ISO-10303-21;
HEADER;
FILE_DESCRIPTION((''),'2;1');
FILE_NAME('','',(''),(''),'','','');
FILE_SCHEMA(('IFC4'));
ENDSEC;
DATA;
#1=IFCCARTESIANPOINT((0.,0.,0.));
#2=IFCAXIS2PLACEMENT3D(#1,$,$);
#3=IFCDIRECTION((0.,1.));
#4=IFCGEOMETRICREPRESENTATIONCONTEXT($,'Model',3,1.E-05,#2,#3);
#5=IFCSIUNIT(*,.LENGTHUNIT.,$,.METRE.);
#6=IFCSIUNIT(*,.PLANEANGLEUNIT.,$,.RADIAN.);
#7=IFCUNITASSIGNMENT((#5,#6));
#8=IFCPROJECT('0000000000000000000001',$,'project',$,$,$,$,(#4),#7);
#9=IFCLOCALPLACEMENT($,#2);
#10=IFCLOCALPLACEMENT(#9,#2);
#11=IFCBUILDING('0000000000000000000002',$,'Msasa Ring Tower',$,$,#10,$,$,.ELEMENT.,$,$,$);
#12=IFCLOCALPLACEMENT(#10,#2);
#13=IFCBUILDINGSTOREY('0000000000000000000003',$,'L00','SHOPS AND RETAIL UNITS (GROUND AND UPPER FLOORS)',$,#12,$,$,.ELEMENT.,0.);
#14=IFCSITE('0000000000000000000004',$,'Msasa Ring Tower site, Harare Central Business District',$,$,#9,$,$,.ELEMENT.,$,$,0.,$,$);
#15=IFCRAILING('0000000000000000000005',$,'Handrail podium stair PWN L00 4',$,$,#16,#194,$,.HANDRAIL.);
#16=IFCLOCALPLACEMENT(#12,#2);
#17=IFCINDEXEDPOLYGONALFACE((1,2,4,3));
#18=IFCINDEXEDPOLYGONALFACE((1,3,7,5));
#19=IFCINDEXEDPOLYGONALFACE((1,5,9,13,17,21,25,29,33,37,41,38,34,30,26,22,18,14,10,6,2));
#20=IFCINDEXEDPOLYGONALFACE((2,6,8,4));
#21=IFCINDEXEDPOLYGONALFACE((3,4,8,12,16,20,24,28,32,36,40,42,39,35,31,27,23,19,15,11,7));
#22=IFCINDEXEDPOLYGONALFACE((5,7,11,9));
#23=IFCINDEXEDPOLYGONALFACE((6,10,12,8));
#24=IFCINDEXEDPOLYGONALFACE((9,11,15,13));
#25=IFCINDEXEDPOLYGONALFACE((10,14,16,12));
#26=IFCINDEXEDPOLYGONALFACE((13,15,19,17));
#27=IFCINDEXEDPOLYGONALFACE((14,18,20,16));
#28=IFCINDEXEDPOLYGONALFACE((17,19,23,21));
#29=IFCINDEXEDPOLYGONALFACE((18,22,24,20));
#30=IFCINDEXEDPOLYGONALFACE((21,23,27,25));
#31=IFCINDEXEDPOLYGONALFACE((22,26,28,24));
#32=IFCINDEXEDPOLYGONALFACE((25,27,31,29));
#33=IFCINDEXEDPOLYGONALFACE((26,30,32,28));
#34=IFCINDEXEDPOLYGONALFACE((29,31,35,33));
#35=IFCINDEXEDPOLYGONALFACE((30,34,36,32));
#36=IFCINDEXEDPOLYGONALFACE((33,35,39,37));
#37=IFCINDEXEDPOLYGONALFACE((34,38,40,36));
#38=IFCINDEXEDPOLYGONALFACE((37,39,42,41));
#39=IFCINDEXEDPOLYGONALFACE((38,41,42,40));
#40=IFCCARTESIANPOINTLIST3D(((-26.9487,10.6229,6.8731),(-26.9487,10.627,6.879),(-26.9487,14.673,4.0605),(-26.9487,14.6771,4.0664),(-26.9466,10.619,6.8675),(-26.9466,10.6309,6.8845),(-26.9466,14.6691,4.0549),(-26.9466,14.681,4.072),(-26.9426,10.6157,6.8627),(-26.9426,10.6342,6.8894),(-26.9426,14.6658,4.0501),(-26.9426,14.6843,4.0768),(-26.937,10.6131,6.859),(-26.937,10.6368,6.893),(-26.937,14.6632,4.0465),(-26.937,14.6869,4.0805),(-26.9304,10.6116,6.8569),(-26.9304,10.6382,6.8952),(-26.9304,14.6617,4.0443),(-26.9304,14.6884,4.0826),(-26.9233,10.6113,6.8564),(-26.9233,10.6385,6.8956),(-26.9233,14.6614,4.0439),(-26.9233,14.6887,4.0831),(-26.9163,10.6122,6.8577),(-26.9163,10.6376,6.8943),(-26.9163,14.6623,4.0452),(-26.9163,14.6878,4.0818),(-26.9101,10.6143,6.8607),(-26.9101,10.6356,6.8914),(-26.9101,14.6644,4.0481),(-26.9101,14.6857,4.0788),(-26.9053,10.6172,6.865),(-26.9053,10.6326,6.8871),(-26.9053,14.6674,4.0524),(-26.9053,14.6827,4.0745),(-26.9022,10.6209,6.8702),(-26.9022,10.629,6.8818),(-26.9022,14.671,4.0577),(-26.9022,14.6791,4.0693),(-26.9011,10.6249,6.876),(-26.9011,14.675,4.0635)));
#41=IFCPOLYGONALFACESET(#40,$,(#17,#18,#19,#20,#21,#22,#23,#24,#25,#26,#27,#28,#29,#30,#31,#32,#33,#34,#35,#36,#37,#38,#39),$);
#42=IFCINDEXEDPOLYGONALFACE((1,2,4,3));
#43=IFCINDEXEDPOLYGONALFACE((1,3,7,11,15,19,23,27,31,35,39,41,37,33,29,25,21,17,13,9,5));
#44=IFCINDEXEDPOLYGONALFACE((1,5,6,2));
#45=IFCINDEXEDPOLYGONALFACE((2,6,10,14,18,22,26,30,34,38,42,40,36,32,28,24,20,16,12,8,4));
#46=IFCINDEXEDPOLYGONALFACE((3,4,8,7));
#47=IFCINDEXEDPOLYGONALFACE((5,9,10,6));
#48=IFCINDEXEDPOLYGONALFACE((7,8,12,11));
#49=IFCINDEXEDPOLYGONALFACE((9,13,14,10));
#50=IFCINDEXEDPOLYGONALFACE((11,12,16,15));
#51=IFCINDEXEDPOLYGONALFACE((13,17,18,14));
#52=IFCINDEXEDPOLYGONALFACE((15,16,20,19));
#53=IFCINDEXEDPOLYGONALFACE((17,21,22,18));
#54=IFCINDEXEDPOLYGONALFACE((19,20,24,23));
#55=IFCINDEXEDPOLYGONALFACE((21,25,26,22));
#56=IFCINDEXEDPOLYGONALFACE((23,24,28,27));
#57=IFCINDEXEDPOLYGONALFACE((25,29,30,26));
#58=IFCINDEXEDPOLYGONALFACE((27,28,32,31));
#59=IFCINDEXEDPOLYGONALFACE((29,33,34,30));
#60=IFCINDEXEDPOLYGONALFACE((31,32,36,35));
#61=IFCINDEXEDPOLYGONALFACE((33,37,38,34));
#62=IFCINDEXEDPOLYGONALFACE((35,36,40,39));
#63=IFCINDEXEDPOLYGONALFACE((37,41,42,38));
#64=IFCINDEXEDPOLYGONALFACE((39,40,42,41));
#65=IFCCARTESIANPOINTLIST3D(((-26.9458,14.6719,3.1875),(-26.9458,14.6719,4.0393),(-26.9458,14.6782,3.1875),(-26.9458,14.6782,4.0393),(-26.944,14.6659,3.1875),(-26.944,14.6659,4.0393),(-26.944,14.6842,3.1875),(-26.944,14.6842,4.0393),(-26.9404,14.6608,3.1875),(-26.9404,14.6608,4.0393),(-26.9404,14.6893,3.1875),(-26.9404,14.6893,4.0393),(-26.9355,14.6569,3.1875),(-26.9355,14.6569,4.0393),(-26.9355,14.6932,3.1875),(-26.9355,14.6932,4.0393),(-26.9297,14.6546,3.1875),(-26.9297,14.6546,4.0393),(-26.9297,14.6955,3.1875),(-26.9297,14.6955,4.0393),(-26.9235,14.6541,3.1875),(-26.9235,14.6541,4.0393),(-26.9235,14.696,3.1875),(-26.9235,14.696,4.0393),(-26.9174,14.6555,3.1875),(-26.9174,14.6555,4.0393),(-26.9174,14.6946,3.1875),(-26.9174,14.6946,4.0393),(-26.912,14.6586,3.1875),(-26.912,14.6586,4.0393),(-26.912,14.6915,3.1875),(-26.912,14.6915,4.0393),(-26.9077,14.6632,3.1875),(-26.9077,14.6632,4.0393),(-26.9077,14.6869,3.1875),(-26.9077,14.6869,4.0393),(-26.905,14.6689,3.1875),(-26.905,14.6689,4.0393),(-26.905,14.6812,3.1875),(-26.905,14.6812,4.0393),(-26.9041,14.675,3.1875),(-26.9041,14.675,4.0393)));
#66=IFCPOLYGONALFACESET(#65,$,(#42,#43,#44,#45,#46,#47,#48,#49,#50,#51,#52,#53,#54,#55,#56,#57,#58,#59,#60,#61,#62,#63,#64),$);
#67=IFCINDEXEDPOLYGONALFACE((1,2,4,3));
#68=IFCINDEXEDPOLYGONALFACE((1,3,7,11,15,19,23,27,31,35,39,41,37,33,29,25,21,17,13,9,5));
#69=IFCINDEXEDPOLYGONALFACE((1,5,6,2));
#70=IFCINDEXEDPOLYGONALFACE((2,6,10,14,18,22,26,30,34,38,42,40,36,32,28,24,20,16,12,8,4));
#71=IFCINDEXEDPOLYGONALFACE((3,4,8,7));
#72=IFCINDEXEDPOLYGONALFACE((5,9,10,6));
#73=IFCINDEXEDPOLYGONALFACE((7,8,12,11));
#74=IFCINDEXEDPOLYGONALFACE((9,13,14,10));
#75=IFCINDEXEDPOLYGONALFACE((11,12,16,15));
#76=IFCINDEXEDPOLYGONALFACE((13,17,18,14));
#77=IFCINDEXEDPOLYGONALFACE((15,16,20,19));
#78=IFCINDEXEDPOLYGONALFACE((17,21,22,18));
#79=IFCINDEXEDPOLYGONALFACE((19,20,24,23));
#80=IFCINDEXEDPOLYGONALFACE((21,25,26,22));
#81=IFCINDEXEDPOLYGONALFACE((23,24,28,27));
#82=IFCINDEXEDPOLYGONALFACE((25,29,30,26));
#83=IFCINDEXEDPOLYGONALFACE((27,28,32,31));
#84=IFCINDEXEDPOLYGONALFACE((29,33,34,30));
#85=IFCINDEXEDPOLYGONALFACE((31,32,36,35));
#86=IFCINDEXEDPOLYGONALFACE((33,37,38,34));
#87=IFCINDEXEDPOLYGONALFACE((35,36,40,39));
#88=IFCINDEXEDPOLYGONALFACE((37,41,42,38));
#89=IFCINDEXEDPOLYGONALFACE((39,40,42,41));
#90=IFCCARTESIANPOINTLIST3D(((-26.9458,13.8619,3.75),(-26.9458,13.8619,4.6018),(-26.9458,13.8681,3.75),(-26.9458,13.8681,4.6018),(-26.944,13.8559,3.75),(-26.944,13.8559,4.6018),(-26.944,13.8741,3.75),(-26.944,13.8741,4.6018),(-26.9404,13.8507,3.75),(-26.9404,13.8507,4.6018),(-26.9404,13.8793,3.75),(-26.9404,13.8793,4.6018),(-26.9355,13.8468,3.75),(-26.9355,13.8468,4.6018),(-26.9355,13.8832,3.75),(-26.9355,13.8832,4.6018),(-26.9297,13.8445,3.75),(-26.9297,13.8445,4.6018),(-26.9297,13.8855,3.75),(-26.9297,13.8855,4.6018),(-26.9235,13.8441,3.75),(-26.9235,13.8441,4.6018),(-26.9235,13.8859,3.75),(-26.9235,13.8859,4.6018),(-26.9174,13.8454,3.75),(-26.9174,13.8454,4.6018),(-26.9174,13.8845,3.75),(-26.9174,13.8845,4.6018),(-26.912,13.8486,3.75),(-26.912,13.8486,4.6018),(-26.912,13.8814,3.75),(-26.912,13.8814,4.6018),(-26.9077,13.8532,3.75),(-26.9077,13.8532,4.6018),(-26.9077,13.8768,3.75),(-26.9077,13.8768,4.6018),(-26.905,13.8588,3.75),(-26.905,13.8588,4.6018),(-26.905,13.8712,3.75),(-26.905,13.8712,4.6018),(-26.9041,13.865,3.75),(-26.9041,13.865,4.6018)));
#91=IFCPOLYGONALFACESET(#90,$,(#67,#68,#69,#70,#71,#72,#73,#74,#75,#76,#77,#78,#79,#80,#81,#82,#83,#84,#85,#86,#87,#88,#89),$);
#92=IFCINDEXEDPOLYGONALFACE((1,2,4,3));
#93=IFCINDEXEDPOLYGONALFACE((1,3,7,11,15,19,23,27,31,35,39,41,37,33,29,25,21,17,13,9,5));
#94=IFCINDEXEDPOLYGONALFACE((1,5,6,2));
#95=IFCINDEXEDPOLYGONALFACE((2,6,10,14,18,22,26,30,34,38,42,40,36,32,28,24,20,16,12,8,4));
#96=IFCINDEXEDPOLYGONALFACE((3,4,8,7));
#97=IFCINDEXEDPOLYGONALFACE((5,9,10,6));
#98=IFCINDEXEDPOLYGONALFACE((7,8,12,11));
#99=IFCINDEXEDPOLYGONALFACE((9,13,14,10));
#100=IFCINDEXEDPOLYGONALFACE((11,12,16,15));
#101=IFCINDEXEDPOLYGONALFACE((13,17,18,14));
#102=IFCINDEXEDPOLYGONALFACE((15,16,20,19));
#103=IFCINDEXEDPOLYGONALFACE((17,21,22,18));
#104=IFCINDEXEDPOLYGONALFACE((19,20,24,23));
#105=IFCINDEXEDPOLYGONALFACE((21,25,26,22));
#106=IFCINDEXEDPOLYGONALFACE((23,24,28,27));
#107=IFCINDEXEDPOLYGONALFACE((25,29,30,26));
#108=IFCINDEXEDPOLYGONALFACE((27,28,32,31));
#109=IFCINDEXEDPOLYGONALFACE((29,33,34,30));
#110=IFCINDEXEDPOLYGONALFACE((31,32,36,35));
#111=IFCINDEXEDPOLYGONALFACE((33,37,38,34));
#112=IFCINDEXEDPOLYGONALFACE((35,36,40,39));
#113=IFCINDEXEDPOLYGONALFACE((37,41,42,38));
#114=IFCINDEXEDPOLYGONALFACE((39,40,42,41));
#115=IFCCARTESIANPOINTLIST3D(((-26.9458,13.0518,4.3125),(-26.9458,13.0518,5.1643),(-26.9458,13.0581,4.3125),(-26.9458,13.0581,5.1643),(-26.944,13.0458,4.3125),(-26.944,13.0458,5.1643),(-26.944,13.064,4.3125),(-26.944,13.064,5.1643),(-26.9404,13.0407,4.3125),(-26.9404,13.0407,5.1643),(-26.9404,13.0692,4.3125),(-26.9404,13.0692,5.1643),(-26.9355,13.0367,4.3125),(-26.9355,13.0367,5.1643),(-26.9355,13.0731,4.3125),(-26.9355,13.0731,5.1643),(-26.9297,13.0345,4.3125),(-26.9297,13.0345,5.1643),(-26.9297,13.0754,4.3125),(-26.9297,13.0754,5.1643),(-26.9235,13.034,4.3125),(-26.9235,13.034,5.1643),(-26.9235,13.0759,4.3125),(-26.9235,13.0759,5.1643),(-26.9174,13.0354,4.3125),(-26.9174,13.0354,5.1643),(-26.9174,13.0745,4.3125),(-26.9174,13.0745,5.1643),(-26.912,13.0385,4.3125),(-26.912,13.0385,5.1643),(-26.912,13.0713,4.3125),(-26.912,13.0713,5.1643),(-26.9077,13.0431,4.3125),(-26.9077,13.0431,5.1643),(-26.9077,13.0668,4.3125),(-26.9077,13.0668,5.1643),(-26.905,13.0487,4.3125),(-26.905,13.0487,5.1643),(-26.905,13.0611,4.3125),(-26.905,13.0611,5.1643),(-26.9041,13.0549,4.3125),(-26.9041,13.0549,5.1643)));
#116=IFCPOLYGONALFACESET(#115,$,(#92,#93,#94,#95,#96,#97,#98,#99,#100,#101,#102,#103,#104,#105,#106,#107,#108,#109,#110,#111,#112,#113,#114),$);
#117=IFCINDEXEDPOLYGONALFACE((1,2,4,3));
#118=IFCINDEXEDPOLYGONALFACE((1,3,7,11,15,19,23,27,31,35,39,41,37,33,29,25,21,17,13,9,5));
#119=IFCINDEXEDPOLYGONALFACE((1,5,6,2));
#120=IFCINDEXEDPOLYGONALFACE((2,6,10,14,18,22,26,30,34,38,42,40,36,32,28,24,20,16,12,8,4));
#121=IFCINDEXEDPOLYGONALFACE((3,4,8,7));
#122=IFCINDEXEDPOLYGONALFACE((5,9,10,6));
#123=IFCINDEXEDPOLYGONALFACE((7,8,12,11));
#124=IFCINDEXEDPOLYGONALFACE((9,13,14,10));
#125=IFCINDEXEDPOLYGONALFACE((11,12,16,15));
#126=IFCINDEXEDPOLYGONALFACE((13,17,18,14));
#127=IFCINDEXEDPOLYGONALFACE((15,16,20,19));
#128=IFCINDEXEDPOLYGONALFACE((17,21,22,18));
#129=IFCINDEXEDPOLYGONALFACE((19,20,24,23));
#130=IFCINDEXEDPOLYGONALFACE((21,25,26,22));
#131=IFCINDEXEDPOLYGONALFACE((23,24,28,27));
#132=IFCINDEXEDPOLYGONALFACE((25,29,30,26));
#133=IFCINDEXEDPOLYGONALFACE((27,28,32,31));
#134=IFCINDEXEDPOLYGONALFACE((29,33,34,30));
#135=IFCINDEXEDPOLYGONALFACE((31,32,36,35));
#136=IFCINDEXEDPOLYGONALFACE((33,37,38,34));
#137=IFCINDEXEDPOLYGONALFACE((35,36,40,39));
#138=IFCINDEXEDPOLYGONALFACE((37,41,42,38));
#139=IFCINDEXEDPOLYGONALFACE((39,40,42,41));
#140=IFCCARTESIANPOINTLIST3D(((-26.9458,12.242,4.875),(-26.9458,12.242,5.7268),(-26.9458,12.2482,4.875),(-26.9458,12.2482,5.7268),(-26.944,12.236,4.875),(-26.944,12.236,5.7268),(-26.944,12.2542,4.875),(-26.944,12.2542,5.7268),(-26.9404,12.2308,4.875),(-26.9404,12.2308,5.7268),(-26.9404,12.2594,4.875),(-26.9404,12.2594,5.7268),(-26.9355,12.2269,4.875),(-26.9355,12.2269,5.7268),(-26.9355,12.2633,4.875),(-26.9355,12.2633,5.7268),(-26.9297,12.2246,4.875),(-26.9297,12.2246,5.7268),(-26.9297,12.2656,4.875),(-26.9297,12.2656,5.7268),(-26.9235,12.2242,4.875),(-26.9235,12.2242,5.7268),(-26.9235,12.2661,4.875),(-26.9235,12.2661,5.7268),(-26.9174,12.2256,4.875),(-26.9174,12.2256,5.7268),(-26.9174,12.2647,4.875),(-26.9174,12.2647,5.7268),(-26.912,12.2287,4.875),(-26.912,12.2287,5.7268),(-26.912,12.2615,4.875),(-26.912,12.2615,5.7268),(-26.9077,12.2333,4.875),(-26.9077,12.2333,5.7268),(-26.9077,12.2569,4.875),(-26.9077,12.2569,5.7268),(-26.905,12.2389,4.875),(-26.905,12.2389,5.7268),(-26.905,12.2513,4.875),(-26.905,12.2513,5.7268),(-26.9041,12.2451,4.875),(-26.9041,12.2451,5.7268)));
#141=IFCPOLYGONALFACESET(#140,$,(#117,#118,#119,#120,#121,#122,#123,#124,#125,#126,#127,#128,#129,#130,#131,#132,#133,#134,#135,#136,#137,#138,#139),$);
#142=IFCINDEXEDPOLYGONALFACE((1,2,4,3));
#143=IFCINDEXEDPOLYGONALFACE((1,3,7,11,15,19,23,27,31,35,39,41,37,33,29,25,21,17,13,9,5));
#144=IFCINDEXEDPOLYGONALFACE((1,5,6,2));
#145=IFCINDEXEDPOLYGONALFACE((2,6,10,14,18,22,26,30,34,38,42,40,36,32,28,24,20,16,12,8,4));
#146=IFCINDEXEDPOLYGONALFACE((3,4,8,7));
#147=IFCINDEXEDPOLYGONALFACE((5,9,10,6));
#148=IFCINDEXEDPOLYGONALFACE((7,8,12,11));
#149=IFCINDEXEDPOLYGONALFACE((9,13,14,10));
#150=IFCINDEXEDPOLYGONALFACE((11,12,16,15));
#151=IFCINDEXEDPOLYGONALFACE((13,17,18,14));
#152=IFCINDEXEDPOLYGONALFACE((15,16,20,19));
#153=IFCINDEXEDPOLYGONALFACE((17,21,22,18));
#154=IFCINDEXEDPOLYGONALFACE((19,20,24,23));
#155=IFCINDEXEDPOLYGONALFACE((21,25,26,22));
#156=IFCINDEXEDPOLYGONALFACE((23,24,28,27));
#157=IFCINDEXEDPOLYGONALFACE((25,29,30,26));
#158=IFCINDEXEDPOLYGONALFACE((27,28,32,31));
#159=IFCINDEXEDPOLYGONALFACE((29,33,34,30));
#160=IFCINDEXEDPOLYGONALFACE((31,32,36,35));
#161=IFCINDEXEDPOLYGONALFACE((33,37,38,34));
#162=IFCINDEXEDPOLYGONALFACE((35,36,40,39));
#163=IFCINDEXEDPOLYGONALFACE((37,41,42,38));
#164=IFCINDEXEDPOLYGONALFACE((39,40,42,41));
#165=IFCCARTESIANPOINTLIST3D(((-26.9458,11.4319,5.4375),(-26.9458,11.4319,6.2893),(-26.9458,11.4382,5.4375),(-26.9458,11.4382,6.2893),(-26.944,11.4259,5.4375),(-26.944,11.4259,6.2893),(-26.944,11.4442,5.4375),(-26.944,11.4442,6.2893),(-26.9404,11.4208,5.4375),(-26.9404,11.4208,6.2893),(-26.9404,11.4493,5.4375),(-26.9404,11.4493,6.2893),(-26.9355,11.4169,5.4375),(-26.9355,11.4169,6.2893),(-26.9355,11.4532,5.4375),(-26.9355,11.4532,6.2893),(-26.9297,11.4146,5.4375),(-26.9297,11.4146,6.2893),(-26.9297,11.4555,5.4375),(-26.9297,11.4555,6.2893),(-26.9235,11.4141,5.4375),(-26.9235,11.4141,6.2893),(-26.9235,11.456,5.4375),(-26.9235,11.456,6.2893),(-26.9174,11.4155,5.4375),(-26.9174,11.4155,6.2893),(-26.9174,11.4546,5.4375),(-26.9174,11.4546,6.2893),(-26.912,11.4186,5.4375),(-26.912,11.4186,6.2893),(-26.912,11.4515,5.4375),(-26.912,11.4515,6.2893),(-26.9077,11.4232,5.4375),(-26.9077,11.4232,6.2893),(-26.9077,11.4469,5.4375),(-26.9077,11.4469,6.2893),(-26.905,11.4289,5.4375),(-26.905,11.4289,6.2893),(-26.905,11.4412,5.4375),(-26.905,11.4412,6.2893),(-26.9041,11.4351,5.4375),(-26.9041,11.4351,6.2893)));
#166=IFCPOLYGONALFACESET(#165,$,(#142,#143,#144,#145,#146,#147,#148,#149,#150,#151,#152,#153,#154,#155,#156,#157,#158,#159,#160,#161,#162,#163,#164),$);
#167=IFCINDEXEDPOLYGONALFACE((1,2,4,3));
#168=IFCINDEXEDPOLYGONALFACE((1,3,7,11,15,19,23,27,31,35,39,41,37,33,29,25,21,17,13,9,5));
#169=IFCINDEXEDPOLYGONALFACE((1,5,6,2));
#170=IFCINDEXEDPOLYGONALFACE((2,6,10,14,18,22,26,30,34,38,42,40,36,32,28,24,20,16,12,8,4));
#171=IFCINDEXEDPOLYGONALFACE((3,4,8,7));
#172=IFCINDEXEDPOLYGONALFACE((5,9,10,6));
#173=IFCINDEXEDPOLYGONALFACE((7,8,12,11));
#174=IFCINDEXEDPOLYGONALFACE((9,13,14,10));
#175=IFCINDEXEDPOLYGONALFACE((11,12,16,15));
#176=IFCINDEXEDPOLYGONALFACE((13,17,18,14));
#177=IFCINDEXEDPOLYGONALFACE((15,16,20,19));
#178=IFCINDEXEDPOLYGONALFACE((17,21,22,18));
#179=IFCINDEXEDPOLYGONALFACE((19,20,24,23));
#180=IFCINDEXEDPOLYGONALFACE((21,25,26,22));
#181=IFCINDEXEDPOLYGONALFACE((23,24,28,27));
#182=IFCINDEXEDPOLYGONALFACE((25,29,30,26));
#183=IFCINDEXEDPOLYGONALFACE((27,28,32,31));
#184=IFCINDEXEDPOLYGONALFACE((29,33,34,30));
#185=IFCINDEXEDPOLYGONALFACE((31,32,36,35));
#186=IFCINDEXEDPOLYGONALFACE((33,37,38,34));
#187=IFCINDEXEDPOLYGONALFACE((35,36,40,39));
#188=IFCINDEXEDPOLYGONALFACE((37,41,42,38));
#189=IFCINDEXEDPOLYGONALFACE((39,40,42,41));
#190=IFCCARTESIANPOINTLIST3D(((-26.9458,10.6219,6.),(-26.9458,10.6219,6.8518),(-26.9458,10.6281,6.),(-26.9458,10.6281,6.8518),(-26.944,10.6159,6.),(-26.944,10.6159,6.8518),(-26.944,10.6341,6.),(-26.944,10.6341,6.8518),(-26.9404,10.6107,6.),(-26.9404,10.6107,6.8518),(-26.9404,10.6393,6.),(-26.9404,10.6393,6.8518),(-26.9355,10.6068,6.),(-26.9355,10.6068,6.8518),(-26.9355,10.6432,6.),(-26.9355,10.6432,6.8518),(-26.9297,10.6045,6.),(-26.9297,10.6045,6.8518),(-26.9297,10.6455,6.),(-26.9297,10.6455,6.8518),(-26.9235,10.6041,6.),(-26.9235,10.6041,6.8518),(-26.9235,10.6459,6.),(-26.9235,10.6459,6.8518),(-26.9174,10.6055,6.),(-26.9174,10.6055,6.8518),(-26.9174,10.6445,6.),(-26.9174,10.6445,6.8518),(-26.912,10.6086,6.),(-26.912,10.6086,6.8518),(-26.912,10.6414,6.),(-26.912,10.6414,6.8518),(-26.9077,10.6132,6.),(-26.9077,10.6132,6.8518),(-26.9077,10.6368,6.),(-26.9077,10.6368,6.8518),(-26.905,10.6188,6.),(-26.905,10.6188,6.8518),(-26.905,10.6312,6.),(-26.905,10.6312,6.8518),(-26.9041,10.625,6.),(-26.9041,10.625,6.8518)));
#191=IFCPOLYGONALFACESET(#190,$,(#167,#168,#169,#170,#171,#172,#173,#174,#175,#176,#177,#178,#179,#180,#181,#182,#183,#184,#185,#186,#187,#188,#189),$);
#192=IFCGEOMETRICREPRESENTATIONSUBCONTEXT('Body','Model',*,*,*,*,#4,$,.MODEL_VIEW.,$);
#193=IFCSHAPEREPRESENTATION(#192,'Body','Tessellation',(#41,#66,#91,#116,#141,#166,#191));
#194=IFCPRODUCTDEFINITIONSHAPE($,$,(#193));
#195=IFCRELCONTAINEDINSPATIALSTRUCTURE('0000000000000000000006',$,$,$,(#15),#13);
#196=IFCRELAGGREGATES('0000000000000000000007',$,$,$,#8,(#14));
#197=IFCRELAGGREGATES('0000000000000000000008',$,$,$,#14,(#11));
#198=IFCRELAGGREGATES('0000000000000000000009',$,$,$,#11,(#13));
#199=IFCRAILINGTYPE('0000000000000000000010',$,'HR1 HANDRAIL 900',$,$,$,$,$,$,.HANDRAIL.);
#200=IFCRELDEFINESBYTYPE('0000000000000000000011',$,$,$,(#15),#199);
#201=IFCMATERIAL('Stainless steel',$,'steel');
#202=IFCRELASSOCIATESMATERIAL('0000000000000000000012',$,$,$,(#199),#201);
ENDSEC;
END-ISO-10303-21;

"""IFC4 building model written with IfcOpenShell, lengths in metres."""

from ifc_helpers import new_model, si_unit, direction, frame, origin, origin_2d, place, context, subcontext, project, spatial, circle, extrude, material, type_object, element, save


model = new_model("IFC4")

# Units and contexts
model_context = context("Model", 3, precision=1e-05, world=origin(), true_north=direction((0.0, 1.0)))
body_context = subcontext(model_context, "Body", "Model", "MODEL_VIEW")
ifc_project = project(units=[si_unit("LENGTHUNIT", "METRE"), si_unit("PLANEANGLEUNIT", "RADIAN")], contexts=[model_context])

# Site, building, storey
site_placement = place(None, origin())
site = spatial("IfcSite", under=ifc_project, at=site_placement, Name="Msasa Ring Tower site, Harare Central Business District", CompositionType="ELEMENT", RefElevation=0.0)
building_placement = place(site_placement, origin())
building = spatial("IfcBuilding", under=site, at=building_placement, Name="Msasa Ring Tower", CompositionType="ELEMENT")
storey_placement = place(building_placement, origin())
storey = spatial("IfcBuildingStorey", under=building, at=storey_placement, Name="L00", Description="SHOPS AND RETAIL UNITS (GROUND AND UPPER FLOORS)", CompositionType="ELEMENT", Elevation=0.0)

# Railing
ifc_material_1 = material(Name="Stainless steel", Category="steel")
railing_type = type_object("IfcRailingType", Name="HR1 HANDRAIL 900", PredefinedType="HANDRAIL", material=ifc_material_1)
for number, where, name in (
    (1, (-26.925, 14.675, 3.1875), "Handrail podium stair PWN L00 4"),
):
    element("IfcRailing", number, at=place(storey_placement, frame(where)), inside=storey, type_object=railing_type, Name=name, PredefinedType="HANDRAIL", context=body_context, shape_type="SweptSolid", body=[
        extrude(circle(Radius=0.0239, at=origin_2d()), frame((0.0, 0.0, 0.876), z_axis=(0.0, -0.821373, 0.570391), x_axis=(1.0, 0.0, 0.0)), (0.0, 0.0, 1.0), 4.9309),
        extrude(circle(Radius=0.021, at=origin_2d()), origin(), (0.0, 0.0, 1.0), 0.8518),
        extrude(circle(Radius=0.021, at=origin_2d()), frame((0.0, -0.8101, 0.5625)), (0.0, 0.0, 1.0), 0.8518),
        extrude(circle(Radius=0.021, at=origin_2d()), frame((0.0, -1.6201, 1.125)), (0.0, 0.0, 1.0), 0.8518),
        extrude(circle(Radius=0.021, at=origin_2d()), frame((0.0, -2.4299, 1.6875)), (0.0, 0.0, 1.0), 0.8518),
        extrude(circle(Radius=0.021, at=origin_2d()), frame((0.0, -3.24, 2.25)), (0.0, 0.0, 1.0), 0.8518),
        extrude(circle(Radius=0.021, at=origin_2d()), frame((0.0, -4.05, 2.8125)), (0.0, 0.0, 1.0), 0.8518),
    ])

save(model, "model.ifc")
